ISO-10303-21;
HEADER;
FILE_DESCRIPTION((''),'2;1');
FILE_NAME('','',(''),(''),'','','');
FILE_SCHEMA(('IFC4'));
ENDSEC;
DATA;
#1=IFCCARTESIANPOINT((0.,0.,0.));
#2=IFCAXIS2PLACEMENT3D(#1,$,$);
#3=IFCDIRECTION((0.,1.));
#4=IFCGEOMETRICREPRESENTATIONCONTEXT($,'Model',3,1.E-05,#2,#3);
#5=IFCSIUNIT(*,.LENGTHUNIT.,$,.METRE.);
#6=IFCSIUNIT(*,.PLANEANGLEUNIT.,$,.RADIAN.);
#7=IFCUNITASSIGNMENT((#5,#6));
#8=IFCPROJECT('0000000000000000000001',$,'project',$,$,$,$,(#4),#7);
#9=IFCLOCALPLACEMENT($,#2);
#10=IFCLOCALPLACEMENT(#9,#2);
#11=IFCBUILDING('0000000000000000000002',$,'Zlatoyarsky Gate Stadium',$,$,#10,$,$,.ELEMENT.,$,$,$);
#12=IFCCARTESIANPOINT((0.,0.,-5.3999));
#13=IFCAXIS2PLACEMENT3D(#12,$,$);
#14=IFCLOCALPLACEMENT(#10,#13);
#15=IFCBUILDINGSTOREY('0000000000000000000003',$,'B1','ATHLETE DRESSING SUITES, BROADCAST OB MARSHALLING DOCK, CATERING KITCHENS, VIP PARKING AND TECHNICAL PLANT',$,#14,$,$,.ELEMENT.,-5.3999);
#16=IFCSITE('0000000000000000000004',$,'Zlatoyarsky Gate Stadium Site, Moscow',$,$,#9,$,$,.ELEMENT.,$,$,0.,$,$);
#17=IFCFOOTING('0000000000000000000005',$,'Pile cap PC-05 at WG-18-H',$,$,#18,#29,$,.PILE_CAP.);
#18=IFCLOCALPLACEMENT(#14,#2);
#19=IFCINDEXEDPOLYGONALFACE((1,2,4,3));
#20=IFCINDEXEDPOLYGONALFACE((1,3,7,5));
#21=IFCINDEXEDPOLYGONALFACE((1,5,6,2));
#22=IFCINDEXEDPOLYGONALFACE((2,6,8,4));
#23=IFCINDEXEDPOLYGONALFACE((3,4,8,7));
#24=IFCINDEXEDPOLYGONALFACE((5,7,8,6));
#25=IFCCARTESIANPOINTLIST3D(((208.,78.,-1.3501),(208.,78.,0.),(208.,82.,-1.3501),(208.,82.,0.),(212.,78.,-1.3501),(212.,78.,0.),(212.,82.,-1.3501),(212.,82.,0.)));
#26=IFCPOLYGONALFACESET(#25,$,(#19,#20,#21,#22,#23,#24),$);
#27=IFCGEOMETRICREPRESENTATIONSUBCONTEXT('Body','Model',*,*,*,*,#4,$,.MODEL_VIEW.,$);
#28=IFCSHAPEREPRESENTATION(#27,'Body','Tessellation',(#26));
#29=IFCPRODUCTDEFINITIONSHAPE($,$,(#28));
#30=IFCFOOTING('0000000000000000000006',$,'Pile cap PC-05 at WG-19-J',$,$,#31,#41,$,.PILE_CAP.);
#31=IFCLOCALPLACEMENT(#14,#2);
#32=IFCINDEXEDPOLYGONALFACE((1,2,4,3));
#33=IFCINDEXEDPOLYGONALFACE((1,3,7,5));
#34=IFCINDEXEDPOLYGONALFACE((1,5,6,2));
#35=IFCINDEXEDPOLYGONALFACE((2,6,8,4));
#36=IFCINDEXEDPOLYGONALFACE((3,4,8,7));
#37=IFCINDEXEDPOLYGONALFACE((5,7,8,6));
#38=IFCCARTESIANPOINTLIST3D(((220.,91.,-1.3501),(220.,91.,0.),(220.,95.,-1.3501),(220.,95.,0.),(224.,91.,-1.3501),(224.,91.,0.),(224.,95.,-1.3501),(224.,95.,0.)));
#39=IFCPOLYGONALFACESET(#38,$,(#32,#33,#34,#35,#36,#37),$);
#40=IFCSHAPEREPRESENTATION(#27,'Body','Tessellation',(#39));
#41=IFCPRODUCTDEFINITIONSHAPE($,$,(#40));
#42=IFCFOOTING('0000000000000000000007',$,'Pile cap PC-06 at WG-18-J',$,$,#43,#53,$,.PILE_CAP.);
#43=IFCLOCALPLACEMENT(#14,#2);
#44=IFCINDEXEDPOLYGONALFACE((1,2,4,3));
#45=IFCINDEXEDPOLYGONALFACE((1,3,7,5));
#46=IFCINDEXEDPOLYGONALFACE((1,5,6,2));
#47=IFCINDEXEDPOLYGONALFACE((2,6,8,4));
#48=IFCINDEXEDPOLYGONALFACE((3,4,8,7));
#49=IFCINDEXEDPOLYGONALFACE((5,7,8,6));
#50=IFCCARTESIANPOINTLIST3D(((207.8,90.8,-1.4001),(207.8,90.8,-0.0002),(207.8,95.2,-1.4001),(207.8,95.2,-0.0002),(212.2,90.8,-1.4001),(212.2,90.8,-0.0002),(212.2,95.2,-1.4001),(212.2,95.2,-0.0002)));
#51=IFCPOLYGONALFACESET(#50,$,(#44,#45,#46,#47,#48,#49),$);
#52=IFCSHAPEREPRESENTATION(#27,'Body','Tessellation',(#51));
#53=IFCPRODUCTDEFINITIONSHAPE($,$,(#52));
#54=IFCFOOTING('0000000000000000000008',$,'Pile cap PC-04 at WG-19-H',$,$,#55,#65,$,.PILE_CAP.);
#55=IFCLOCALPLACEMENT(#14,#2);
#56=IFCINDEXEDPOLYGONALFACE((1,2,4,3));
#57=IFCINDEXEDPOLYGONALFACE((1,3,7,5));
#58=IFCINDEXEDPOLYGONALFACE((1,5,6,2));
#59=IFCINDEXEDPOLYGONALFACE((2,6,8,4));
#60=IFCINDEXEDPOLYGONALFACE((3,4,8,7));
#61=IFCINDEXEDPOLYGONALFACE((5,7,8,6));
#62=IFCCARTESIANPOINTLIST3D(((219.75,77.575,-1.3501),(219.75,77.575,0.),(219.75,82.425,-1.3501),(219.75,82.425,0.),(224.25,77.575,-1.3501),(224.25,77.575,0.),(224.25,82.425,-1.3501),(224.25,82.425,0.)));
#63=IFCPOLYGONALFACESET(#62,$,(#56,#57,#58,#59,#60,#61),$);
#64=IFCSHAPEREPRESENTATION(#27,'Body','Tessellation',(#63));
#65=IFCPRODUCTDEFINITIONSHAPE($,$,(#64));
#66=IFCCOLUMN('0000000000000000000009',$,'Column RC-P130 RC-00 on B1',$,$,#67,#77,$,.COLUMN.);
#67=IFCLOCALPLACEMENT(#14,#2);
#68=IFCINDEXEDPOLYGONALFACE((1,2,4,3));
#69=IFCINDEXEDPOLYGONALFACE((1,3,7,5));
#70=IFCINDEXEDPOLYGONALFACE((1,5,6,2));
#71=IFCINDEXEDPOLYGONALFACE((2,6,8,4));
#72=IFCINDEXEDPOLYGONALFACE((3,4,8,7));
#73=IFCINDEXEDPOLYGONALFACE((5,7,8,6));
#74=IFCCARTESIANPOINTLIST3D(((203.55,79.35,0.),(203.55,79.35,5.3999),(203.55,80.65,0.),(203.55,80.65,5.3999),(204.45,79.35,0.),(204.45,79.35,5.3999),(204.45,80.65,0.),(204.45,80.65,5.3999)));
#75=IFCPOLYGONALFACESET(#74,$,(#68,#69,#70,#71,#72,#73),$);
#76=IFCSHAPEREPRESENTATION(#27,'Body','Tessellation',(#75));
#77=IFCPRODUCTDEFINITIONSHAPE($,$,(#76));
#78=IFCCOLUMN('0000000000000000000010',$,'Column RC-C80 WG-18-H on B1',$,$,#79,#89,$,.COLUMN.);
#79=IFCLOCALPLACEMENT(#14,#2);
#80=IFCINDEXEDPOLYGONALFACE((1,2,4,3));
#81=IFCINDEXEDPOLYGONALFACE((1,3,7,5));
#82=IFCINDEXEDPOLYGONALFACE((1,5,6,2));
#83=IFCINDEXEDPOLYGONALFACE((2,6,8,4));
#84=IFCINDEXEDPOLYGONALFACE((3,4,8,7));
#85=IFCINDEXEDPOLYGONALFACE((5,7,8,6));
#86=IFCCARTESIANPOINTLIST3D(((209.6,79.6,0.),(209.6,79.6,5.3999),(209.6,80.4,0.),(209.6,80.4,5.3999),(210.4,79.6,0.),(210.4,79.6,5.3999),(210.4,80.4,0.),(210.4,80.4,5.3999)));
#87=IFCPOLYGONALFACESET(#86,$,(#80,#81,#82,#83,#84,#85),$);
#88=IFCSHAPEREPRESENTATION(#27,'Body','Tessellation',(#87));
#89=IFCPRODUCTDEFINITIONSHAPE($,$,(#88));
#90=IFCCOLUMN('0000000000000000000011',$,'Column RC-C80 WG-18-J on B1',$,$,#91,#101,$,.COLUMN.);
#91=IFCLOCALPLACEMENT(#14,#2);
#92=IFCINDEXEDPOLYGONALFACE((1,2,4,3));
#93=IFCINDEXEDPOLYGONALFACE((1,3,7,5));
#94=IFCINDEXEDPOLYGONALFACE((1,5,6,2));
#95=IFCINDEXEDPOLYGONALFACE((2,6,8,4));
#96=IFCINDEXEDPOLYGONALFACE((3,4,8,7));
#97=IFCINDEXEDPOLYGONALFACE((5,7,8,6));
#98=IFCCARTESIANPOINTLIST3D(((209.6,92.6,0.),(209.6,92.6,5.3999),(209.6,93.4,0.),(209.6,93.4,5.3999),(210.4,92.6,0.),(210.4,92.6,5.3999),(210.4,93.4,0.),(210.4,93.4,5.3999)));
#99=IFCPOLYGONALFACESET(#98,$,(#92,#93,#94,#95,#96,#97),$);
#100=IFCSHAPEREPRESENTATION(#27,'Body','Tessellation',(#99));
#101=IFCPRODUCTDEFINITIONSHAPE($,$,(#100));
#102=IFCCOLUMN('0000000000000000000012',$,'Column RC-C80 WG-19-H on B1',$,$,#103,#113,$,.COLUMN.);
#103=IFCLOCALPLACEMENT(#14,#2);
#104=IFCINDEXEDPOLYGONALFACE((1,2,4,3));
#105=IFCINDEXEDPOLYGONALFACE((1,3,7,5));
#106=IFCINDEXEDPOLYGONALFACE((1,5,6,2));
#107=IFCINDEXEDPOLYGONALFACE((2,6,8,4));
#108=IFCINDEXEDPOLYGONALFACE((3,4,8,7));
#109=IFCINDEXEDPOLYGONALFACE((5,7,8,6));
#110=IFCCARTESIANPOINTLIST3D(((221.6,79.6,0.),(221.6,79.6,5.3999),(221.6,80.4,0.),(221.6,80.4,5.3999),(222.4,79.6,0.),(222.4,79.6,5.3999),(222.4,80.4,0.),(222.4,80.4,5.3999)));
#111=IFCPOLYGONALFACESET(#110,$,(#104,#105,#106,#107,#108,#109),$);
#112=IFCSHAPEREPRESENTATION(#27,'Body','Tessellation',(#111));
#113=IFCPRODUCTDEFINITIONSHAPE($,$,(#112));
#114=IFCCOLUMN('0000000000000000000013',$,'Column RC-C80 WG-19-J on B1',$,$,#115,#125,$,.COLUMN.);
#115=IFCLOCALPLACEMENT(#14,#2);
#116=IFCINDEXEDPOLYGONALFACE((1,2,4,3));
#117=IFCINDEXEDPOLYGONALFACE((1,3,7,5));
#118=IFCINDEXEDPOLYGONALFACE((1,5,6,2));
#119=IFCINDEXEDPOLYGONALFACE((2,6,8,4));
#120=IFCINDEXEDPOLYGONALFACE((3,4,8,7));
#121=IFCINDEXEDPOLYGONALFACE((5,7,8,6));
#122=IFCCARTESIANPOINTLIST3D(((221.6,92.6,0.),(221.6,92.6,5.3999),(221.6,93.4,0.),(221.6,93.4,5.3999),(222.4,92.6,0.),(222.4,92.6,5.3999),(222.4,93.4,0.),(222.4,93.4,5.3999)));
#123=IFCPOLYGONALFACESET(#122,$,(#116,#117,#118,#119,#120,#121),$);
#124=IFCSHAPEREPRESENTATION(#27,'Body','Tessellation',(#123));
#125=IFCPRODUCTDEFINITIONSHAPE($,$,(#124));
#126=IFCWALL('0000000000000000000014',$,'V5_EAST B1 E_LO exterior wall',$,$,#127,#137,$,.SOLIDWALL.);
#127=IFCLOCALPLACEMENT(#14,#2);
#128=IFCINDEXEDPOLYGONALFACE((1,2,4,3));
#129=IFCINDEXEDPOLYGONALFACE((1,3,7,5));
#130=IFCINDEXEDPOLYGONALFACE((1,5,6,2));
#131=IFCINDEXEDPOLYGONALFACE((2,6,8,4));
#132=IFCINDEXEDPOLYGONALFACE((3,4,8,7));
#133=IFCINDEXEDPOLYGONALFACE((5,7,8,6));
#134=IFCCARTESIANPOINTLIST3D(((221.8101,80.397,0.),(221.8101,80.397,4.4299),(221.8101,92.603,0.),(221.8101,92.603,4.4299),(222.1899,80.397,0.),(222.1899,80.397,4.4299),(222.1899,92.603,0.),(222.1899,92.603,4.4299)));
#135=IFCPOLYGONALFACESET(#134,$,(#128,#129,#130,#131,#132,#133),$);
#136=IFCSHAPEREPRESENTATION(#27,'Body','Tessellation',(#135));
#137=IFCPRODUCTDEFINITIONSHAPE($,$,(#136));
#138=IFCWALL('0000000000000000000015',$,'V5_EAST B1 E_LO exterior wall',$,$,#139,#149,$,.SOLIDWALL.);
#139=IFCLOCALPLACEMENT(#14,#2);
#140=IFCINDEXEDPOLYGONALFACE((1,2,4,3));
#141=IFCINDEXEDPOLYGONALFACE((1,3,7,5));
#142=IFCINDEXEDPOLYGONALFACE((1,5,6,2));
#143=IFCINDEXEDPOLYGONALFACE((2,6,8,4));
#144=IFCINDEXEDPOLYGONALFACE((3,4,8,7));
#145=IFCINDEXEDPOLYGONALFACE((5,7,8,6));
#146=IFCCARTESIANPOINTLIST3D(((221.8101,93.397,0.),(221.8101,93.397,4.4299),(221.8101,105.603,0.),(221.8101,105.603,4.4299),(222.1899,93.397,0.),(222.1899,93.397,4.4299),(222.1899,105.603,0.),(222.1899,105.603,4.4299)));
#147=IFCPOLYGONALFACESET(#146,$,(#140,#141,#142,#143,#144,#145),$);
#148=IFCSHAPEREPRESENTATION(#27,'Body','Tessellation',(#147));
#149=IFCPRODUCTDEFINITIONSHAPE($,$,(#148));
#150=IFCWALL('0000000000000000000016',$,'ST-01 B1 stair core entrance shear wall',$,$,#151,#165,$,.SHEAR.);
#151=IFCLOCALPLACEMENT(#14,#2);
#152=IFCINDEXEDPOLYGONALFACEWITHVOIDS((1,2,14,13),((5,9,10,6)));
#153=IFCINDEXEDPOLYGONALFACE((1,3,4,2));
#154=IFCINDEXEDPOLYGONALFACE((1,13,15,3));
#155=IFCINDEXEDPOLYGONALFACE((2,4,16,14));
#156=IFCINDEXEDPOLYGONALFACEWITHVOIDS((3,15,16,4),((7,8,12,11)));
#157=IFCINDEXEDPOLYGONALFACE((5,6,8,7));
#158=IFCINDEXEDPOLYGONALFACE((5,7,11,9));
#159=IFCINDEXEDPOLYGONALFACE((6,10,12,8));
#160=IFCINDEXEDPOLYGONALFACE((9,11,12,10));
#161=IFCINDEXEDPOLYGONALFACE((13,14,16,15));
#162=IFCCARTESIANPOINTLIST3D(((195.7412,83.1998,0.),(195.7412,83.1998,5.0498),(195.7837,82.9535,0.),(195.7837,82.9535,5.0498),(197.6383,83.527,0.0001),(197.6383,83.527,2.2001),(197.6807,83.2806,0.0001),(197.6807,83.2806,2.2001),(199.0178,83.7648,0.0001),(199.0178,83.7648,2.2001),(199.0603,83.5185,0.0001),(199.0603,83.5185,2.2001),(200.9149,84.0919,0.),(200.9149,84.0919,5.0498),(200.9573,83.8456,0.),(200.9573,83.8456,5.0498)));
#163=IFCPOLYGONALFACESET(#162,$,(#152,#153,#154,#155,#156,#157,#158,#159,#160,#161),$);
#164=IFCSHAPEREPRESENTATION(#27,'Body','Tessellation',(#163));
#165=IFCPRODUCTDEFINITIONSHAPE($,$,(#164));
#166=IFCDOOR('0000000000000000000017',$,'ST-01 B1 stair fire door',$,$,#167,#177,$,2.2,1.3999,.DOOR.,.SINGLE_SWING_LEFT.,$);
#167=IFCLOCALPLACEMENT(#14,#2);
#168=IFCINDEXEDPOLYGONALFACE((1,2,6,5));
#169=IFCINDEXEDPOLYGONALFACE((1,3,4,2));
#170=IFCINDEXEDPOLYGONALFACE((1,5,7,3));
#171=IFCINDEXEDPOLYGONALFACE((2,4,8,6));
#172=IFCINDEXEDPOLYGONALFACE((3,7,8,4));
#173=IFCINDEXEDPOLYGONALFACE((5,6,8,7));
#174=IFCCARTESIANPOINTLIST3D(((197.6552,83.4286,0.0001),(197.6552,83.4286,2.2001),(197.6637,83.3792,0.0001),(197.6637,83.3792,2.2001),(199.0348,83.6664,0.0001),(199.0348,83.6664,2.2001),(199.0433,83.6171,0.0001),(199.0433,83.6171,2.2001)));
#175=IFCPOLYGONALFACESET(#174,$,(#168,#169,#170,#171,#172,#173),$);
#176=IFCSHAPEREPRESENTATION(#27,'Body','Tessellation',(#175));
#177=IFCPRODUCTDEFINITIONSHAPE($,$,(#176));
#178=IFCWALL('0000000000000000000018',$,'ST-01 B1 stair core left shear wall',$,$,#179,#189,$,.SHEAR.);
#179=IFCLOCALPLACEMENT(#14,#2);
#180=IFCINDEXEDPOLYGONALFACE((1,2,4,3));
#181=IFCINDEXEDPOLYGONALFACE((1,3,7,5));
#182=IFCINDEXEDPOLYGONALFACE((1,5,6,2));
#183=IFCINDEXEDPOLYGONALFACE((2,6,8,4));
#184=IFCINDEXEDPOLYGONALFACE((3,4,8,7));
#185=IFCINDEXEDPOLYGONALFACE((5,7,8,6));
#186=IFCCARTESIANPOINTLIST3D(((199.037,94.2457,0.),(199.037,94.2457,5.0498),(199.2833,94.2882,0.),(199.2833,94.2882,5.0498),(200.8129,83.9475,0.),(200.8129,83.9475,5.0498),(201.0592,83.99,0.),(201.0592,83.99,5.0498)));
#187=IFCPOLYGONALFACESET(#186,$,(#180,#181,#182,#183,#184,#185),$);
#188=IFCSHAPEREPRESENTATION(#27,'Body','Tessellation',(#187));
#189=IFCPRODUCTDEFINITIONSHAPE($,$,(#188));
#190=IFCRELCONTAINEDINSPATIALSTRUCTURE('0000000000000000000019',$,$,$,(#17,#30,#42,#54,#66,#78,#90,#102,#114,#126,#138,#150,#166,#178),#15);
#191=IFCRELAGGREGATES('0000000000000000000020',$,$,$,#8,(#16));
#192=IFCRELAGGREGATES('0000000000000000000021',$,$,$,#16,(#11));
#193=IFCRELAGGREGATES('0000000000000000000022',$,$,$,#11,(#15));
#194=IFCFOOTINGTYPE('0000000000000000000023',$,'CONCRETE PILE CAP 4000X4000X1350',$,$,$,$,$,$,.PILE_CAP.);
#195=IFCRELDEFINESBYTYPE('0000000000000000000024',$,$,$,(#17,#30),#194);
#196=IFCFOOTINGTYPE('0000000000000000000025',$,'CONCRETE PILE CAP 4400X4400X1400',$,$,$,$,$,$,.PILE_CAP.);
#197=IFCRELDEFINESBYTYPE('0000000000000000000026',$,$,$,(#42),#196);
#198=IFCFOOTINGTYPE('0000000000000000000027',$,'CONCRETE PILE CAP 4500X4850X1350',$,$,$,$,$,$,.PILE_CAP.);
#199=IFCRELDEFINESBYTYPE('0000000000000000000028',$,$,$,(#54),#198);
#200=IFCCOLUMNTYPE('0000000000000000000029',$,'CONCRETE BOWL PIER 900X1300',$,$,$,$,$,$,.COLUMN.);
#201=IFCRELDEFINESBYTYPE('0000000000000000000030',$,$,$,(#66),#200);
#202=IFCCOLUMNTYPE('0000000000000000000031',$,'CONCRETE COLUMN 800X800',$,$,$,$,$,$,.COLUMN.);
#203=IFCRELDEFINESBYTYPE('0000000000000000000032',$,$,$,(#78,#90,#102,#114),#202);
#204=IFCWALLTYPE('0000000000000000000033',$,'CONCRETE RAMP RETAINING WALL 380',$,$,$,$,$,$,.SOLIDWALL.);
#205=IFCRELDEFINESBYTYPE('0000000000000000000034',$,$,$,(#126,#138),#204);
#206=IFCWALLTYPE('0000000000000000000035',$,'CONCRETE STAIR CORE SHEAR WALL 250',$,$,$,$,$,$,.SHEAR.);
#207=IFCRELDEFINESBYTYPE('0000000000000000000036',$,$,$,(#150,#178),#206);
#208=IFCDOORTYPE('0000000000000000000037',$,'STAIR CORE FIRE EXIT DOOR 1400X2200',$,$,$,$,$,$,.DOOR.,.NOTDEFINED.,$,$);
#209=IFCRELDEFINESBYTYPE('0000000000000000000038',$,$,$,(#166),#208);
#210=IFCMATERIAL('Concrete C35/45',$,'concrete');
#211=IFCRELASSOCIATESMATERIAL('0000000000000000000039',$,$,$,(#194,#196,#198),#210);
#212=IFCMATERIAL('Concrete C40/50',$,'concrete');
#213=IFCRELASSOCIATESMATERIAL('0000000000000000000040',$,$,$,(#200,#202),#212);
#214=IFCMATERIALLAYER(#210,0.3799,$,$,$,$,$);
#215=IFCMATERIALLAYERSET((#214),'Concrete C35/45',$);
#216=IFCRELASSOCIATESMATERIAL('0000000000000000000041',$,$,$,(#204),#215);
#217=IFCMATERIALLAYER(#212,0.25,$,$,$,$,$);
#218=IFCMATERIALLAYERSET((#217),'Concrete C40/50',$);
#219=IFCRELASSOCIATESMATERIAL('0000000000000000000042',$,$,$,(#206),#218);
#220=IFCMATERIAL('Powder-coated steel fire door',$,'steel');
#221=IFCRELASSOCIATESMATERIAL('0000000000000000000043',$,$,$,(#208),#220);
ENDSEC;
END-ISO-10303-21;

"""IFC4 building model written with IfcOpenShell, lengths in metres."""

from ifc_helpers import new_model, si_unit, direction, frame, frame_2d, origin, origin_2d, place, context, subcontext, project, spatial, rectangle, extrude, material, layer, layer_set, material_profile, profile_set, type_object, element, fill, save


model = new_model("IFC4")

# Units and contexts
model_context = context("Model", 3, precision=1e-05, world=origin(), true_north=direction((0.0, 1.0)))
body_context = subcontext(model_context, "Body", "Model", "MODEL_VIEW")
ifc_project = project(units=[si_unit("LENGTHUNIT", "METRE"), si_unit("PLANEANGLEUNIT", "RADIAN")], contexts=[model_context])

# Site, building, storey
site_placement = place(None, origin())
site = spatial("IfcSite", under=ifc_project, at=site_placement, Name="Zlatoyarsky Gate Stadium Site, Moscow", CompositionType="ELEMENT", RefElevation=0.0)
building_placement = place(site_placement, origin())
building = spatial("IfcBuilding", under=site, at=building_placement, Name="Zlatoyarsky Gate Stadium", CompositionType="ELEMENT")
storey_placement = place(building_placement, frame((0.0, 0.0, -5.3999)))
storey = spatial("IfcBuildingStorey", under=building, at=storey_placement, Name="B1", Description="ATHLETE DRESSING SUITES, BROADCAST OB MARSHALLING DOCK, CATERING KITCHENS, VIP PARKING AND TECHNICAL PLANT", CompositionType="ELEMENT", Elevation=-5.3999)

# Shared definitions
ifc_material_1 = material(Name="Concrete C35/45", Category="concrete")

# Footings
footing_type_1 = type_object("IfcFootingType", Name="CONCRETE PILE CAP 4000X4000X1350", PredefinedType="PILE_CAP", material=ifc_material_1)
for number, where, z_axis, x_axis, name in (
    (1, (210.0, 80.0, -1.3501), (0.0, 0.0, 1.0), (1.0, 0.0, 0.0), "Pile cap PC-05 at WG-18-H"),
    (2, (222.0, 93.0, -1.3501), (0.0, 0.0, 1.0), (1.0, 0.0, 0.0), "Pile cap PC-05 at WG-19-J"),
):
    element("IfcFooting", number, at=place(storey_placement, frame(where, z_axis=z_axis, x_axis=x_axis)), inside=storey, type_object=footing_type_1, Name=name, PredefinedType="PILE_CAP", context=body_context, shape_type="SweptSolid", body=[
        extrude(rectangle(XDim=4.0, YDim=4.0, at=origin_2d()), origin(), (0.0, 0.0, 1.0), 1.3501),
    ])
footing_type_2 = type_object("IfcFootingType", Name="CONCRETE PILE CAP 4400X4400X1400", PredefinedType="PILE_CAP", material=ifc_material_1)
footing_1_placement = place(storey_placement, frame((210.0, 93.0, -1.4001), z_axis=(0.0, 0.0, 1.0), x_axis=(1.0, 0.0, 0.0)))
element("IfcFooting", 3, at=footing_1_placement, inside=storey, type_object=footing_type_2, Name="Pile cap PC-06 at WG-18-J", PredefinedType="PILE_CAP", context=body_context, shape_type="SweptSolid", body=[
    extrude(rectangle(XDim=4.3999, YDim=4.3999, at=origin_2d()), origin(), (0.0, 0.0, 1.0), 1.3999),
])
footing_type_3 = type_object("IfcFootingType", Name="CONCRETE PILE CAP 4500X4850X1350", PredefinedType="PILE_CAP", material=ifc_material_1)
footing_2_placement = place(storey_placement, frame((222.0, 80.0, -1.3501), z_axis=(0.0, 0.0, 1.0), x_axis=(1.0, 0.0, 0.0)))
element("IfcFooting", 4, at=footing_2_placement, inside=storey, type_object=footing_type_3, Name="Pile cap PC-04 at WG-19-H", PredefinedType="PILE_CAP", context=body_context, shape_type="SweptSolid", body=[
    extrude(rectangle(XDim=4.5, YDim=4.8501, at=origin_2d()), origin(), (0.0, 0.0, 1.0), 1.3501),
])

# Columns
ifc_material_2 = material(Name="Concrete C40/50", Category="concrete")
ifc_material_profile_1 = material_profile(ifc_material_2, rectangle(XDim=0.8999, YDim=1.3, at=origin_2d()), Name="RC PIER 900X1300")
ifc_profile_set_1 = profile_set([ifc_material_profile_1], Name="Concrete C40/50")
column_type_1 = type_object("IfcColumnType", Name="CONCRETE BOWL PIER 900X1300", PredefinedType="COLUMN", material=ifc_profile_set_1)
column_placement = place(storey_placement, frame((204.0, 80.0, 0.0), z_axis=(0.0, 0.0, 1.0), x_axis=(1.0, 0.0, 0.0)))
element("IfcColumn", 5, at=column_placement, inside=storey, type_object=column_type_1, Name="Column RC-P130 RC-00 on B1", PredefinedType="COLUMN", context=body_context, shape_type="SweptSolid", body=[
    extrude(rectangle(XDim=0.8999, YDim=1.3, at=origin_2d()), origin(), (0.0, 0.0, 1.0), 5.3999),
])
ifc_material_profile_2 = material_profile(ifc_material_2, rectangle(XDim=0.8, YDim=0.8, at=origin_2d()), Name="RC COL 800X800")
ifc_profile_set_2 = profile_set([ifc_material_profile_2], Name="Concrete C40/50")
column_type_2 = type_object("IfcColumnType", Name="CONCRETE COLUMN 800X800", PredefinedType="COLUMN", material=ifc_profile_set_2)
for number, where, z_axis, x_axis, name in (
    (6, (210.0, 80.0, 0.0), (0.0, 0.0, 1.0), (1.0, 0.0, 0.0), "Column RC-C80 WG-18-H on B1"),
    (7, (210.0, 93.0, 0.0), (0.0, 0.0, 1.0), (1.0, 0.0, 0.0), "Column RC-C80 WG-18-J on B1"),
    (8, (222.0, 80.0, 0.0), (0.0, 0.0, 1.0), (1.0, 0.0, 0.0), "Column RC-C80 WG-19-H on B1"),
    (9, (222.0, 93.0, 0.0), (0.0, 0.0, 1.0), (1.0, 0.0, 0.0), "Column RC-C80 WG-19-J on B1"),
):
    element("IfcColumn", number, at=place(storey_placement, frame(where, z_axis=z_axis, x_axis=x_axis)), inside=storey, type_object=column_type_2, Name=name, PredefinedType="COLUMN", context=body_context, shape_type="SweptSolid", body=[
        extrude(rectangle(XDim=0.8, YDim=0.8, at=origin_2d()), origin(), (0.0, 0.0, 1.0), 5.3999),
    ])

# Walls
ifc_layer_1 = layer(ifc_material_1, 0.3799)
ifc_layer_set_1 = layer_set([ifc_layer_1], Name="Concrete C35/45")
wall_type_1 = type_object("IfcWallType", Name="CONCRETE RAMP RETAINING WALL 380", PredefinedType="SOLIDWALL", material=ifc_layer_set_1)
for number, where, z_axis, x_axis, name in (
    (10, (222.0, 80.397, 0.0), (0.0, 0.0, 1.0), (0.0, 1.0, 0.0), "V5_EAST B1 E_LO exterior wall"),
    (11, (222.0, 93.397, 0.0), (0.0, 0.0, 1.0), (0.0, 1.0, 0.0), "V5_EAST B1 E_LO exterior wall"),
):
    element("IfcWall", number, at=place(storey_placement, frame(where, z_axis=z_axis, x_axis=x_axis)), inside=storey, type_object=wall_type_1, Name=name, PredefinedType="SOLIDWALL", context=body_context, shape_type="SweptSolid", body=[
        extrude(rectangle(XDim=12.2061, YDim=0.3799, at=frame_2d((6.103, 0.0))), origin(), (0.0, 0.0, 1.0), 4.4299),
    ])

# Wall, opening, door
ifc_layer_2 = layer(ifc_material_2, 0.25)
ifc_layer_set_2 = layer_set([ifc_layer_2], Name="Concrete C40/50")
wall_type_2 = type_object("IfcWallType", Name="CONCRETE STAIR CORE SHEAR WALL 250", PredefinedType="SHEAR", material=ifc_layer_set_2)
wall_1_placement = place(storey_placement, frame((195.7625, 83.0767, 0.0), z_axis=(0.0, 0.0, 1.0), x_axis=(0.985457, 0.169924, 0.0)))
wall_1 = element("IfcWall", 12, at=wall_1_placement, inside=storey, type_object=wall_type_2, Name="ST-01 B1 stair core entrance shear wall", PredefinedType="SHEAR", context=body_context, shape_type="SweptSolid", body=[
    extrude(rectangle(XDim=5.25, YDim=0.25, at=frame_2d((2.625, 0.0))), origin(), (0.0, 0.0, 1.0), 5.0498),
])
opening_placement = place(wall_1_placement, frame((1.925, 0.0, 0.0)))
opening = element("IfcOpeningElement", 13, at=opening_placement, cuts=wall_1, PredefinedType="OPENING", context=body_context, shape_type="SweptSolid", body=[
    extrude(rectangle(XDim=1.3999, YDim=2.2, at=frame_2d((0.7, 1.1001))), frame((0.0, 0.135, 0.0), z_axis=(0.0, -1.0, 0.0), x_axis=(1.0, 0.0, 0.0)), (0.0, 0.0, 1.0), 0.27),
])
ifc_material_3 = material(Name="Powder-coated steel fire door", Category="steel")
door_type = type_object("IfcDoorType", Name="STAIR CORE FIRE EXIT DOOR 1400X2200", OperationType="NOTDEFINED", PredefinedType="DOOR", material=ifc_material_3)
door_placement = place(opening_placement, frame((1.3999, 0.0, 0.0), z_axis=(0.0, 0.0, 1.0), x_axis=(-1.0, 0.0, 0.0)))
door = element("IfcDoor", 14, at=door_placement, inside=storey, type_object=door_type, Name="ST-01 B1 stair fire door", OperationType="SINGLE_SWING_LEFT", OverallHeight=2.2, OverallWidth=1.3999, PredefinedType="DOOR", context=body_context, shape_type="SweptSolid", body=[
    extrude(rectangle(XDim=1.3999, YDim=2.2, at=frame_2d((0.7, 1.1001))), frame((0.0, 0.0249, 0.0), z_axis=(0.0, -1.0, 0.0), x_axis=(1.0, 0.0, 0.0)), (0.0, 0.0, 1.0), 0.05),
])
fill(opening, door)

# Wall
wall_2_placement = place(storey_placement, frame((200.936, 83.9688, 0.0), z_axis=(0.0, 0.0, 1.0), x_axis=(-0.169939, 0.985455, 0.0)))
element("IfcWall", 15, at=wall_2_placement, inside=storey, type_object=wall_type_2, Name="ST-01 B1 stair core left shear wall", PredefinedType="SHEAR", context=body_context, shape_type="SweptSolid", body=[
    extrude(rectangle(XDim=10.4502, YDim=0.25, at=frame_2d((5.2251, 0.0))), origin(), (0.0, 0.0, 1.0), 5.0498),
])

save(model, "model.ifc")
